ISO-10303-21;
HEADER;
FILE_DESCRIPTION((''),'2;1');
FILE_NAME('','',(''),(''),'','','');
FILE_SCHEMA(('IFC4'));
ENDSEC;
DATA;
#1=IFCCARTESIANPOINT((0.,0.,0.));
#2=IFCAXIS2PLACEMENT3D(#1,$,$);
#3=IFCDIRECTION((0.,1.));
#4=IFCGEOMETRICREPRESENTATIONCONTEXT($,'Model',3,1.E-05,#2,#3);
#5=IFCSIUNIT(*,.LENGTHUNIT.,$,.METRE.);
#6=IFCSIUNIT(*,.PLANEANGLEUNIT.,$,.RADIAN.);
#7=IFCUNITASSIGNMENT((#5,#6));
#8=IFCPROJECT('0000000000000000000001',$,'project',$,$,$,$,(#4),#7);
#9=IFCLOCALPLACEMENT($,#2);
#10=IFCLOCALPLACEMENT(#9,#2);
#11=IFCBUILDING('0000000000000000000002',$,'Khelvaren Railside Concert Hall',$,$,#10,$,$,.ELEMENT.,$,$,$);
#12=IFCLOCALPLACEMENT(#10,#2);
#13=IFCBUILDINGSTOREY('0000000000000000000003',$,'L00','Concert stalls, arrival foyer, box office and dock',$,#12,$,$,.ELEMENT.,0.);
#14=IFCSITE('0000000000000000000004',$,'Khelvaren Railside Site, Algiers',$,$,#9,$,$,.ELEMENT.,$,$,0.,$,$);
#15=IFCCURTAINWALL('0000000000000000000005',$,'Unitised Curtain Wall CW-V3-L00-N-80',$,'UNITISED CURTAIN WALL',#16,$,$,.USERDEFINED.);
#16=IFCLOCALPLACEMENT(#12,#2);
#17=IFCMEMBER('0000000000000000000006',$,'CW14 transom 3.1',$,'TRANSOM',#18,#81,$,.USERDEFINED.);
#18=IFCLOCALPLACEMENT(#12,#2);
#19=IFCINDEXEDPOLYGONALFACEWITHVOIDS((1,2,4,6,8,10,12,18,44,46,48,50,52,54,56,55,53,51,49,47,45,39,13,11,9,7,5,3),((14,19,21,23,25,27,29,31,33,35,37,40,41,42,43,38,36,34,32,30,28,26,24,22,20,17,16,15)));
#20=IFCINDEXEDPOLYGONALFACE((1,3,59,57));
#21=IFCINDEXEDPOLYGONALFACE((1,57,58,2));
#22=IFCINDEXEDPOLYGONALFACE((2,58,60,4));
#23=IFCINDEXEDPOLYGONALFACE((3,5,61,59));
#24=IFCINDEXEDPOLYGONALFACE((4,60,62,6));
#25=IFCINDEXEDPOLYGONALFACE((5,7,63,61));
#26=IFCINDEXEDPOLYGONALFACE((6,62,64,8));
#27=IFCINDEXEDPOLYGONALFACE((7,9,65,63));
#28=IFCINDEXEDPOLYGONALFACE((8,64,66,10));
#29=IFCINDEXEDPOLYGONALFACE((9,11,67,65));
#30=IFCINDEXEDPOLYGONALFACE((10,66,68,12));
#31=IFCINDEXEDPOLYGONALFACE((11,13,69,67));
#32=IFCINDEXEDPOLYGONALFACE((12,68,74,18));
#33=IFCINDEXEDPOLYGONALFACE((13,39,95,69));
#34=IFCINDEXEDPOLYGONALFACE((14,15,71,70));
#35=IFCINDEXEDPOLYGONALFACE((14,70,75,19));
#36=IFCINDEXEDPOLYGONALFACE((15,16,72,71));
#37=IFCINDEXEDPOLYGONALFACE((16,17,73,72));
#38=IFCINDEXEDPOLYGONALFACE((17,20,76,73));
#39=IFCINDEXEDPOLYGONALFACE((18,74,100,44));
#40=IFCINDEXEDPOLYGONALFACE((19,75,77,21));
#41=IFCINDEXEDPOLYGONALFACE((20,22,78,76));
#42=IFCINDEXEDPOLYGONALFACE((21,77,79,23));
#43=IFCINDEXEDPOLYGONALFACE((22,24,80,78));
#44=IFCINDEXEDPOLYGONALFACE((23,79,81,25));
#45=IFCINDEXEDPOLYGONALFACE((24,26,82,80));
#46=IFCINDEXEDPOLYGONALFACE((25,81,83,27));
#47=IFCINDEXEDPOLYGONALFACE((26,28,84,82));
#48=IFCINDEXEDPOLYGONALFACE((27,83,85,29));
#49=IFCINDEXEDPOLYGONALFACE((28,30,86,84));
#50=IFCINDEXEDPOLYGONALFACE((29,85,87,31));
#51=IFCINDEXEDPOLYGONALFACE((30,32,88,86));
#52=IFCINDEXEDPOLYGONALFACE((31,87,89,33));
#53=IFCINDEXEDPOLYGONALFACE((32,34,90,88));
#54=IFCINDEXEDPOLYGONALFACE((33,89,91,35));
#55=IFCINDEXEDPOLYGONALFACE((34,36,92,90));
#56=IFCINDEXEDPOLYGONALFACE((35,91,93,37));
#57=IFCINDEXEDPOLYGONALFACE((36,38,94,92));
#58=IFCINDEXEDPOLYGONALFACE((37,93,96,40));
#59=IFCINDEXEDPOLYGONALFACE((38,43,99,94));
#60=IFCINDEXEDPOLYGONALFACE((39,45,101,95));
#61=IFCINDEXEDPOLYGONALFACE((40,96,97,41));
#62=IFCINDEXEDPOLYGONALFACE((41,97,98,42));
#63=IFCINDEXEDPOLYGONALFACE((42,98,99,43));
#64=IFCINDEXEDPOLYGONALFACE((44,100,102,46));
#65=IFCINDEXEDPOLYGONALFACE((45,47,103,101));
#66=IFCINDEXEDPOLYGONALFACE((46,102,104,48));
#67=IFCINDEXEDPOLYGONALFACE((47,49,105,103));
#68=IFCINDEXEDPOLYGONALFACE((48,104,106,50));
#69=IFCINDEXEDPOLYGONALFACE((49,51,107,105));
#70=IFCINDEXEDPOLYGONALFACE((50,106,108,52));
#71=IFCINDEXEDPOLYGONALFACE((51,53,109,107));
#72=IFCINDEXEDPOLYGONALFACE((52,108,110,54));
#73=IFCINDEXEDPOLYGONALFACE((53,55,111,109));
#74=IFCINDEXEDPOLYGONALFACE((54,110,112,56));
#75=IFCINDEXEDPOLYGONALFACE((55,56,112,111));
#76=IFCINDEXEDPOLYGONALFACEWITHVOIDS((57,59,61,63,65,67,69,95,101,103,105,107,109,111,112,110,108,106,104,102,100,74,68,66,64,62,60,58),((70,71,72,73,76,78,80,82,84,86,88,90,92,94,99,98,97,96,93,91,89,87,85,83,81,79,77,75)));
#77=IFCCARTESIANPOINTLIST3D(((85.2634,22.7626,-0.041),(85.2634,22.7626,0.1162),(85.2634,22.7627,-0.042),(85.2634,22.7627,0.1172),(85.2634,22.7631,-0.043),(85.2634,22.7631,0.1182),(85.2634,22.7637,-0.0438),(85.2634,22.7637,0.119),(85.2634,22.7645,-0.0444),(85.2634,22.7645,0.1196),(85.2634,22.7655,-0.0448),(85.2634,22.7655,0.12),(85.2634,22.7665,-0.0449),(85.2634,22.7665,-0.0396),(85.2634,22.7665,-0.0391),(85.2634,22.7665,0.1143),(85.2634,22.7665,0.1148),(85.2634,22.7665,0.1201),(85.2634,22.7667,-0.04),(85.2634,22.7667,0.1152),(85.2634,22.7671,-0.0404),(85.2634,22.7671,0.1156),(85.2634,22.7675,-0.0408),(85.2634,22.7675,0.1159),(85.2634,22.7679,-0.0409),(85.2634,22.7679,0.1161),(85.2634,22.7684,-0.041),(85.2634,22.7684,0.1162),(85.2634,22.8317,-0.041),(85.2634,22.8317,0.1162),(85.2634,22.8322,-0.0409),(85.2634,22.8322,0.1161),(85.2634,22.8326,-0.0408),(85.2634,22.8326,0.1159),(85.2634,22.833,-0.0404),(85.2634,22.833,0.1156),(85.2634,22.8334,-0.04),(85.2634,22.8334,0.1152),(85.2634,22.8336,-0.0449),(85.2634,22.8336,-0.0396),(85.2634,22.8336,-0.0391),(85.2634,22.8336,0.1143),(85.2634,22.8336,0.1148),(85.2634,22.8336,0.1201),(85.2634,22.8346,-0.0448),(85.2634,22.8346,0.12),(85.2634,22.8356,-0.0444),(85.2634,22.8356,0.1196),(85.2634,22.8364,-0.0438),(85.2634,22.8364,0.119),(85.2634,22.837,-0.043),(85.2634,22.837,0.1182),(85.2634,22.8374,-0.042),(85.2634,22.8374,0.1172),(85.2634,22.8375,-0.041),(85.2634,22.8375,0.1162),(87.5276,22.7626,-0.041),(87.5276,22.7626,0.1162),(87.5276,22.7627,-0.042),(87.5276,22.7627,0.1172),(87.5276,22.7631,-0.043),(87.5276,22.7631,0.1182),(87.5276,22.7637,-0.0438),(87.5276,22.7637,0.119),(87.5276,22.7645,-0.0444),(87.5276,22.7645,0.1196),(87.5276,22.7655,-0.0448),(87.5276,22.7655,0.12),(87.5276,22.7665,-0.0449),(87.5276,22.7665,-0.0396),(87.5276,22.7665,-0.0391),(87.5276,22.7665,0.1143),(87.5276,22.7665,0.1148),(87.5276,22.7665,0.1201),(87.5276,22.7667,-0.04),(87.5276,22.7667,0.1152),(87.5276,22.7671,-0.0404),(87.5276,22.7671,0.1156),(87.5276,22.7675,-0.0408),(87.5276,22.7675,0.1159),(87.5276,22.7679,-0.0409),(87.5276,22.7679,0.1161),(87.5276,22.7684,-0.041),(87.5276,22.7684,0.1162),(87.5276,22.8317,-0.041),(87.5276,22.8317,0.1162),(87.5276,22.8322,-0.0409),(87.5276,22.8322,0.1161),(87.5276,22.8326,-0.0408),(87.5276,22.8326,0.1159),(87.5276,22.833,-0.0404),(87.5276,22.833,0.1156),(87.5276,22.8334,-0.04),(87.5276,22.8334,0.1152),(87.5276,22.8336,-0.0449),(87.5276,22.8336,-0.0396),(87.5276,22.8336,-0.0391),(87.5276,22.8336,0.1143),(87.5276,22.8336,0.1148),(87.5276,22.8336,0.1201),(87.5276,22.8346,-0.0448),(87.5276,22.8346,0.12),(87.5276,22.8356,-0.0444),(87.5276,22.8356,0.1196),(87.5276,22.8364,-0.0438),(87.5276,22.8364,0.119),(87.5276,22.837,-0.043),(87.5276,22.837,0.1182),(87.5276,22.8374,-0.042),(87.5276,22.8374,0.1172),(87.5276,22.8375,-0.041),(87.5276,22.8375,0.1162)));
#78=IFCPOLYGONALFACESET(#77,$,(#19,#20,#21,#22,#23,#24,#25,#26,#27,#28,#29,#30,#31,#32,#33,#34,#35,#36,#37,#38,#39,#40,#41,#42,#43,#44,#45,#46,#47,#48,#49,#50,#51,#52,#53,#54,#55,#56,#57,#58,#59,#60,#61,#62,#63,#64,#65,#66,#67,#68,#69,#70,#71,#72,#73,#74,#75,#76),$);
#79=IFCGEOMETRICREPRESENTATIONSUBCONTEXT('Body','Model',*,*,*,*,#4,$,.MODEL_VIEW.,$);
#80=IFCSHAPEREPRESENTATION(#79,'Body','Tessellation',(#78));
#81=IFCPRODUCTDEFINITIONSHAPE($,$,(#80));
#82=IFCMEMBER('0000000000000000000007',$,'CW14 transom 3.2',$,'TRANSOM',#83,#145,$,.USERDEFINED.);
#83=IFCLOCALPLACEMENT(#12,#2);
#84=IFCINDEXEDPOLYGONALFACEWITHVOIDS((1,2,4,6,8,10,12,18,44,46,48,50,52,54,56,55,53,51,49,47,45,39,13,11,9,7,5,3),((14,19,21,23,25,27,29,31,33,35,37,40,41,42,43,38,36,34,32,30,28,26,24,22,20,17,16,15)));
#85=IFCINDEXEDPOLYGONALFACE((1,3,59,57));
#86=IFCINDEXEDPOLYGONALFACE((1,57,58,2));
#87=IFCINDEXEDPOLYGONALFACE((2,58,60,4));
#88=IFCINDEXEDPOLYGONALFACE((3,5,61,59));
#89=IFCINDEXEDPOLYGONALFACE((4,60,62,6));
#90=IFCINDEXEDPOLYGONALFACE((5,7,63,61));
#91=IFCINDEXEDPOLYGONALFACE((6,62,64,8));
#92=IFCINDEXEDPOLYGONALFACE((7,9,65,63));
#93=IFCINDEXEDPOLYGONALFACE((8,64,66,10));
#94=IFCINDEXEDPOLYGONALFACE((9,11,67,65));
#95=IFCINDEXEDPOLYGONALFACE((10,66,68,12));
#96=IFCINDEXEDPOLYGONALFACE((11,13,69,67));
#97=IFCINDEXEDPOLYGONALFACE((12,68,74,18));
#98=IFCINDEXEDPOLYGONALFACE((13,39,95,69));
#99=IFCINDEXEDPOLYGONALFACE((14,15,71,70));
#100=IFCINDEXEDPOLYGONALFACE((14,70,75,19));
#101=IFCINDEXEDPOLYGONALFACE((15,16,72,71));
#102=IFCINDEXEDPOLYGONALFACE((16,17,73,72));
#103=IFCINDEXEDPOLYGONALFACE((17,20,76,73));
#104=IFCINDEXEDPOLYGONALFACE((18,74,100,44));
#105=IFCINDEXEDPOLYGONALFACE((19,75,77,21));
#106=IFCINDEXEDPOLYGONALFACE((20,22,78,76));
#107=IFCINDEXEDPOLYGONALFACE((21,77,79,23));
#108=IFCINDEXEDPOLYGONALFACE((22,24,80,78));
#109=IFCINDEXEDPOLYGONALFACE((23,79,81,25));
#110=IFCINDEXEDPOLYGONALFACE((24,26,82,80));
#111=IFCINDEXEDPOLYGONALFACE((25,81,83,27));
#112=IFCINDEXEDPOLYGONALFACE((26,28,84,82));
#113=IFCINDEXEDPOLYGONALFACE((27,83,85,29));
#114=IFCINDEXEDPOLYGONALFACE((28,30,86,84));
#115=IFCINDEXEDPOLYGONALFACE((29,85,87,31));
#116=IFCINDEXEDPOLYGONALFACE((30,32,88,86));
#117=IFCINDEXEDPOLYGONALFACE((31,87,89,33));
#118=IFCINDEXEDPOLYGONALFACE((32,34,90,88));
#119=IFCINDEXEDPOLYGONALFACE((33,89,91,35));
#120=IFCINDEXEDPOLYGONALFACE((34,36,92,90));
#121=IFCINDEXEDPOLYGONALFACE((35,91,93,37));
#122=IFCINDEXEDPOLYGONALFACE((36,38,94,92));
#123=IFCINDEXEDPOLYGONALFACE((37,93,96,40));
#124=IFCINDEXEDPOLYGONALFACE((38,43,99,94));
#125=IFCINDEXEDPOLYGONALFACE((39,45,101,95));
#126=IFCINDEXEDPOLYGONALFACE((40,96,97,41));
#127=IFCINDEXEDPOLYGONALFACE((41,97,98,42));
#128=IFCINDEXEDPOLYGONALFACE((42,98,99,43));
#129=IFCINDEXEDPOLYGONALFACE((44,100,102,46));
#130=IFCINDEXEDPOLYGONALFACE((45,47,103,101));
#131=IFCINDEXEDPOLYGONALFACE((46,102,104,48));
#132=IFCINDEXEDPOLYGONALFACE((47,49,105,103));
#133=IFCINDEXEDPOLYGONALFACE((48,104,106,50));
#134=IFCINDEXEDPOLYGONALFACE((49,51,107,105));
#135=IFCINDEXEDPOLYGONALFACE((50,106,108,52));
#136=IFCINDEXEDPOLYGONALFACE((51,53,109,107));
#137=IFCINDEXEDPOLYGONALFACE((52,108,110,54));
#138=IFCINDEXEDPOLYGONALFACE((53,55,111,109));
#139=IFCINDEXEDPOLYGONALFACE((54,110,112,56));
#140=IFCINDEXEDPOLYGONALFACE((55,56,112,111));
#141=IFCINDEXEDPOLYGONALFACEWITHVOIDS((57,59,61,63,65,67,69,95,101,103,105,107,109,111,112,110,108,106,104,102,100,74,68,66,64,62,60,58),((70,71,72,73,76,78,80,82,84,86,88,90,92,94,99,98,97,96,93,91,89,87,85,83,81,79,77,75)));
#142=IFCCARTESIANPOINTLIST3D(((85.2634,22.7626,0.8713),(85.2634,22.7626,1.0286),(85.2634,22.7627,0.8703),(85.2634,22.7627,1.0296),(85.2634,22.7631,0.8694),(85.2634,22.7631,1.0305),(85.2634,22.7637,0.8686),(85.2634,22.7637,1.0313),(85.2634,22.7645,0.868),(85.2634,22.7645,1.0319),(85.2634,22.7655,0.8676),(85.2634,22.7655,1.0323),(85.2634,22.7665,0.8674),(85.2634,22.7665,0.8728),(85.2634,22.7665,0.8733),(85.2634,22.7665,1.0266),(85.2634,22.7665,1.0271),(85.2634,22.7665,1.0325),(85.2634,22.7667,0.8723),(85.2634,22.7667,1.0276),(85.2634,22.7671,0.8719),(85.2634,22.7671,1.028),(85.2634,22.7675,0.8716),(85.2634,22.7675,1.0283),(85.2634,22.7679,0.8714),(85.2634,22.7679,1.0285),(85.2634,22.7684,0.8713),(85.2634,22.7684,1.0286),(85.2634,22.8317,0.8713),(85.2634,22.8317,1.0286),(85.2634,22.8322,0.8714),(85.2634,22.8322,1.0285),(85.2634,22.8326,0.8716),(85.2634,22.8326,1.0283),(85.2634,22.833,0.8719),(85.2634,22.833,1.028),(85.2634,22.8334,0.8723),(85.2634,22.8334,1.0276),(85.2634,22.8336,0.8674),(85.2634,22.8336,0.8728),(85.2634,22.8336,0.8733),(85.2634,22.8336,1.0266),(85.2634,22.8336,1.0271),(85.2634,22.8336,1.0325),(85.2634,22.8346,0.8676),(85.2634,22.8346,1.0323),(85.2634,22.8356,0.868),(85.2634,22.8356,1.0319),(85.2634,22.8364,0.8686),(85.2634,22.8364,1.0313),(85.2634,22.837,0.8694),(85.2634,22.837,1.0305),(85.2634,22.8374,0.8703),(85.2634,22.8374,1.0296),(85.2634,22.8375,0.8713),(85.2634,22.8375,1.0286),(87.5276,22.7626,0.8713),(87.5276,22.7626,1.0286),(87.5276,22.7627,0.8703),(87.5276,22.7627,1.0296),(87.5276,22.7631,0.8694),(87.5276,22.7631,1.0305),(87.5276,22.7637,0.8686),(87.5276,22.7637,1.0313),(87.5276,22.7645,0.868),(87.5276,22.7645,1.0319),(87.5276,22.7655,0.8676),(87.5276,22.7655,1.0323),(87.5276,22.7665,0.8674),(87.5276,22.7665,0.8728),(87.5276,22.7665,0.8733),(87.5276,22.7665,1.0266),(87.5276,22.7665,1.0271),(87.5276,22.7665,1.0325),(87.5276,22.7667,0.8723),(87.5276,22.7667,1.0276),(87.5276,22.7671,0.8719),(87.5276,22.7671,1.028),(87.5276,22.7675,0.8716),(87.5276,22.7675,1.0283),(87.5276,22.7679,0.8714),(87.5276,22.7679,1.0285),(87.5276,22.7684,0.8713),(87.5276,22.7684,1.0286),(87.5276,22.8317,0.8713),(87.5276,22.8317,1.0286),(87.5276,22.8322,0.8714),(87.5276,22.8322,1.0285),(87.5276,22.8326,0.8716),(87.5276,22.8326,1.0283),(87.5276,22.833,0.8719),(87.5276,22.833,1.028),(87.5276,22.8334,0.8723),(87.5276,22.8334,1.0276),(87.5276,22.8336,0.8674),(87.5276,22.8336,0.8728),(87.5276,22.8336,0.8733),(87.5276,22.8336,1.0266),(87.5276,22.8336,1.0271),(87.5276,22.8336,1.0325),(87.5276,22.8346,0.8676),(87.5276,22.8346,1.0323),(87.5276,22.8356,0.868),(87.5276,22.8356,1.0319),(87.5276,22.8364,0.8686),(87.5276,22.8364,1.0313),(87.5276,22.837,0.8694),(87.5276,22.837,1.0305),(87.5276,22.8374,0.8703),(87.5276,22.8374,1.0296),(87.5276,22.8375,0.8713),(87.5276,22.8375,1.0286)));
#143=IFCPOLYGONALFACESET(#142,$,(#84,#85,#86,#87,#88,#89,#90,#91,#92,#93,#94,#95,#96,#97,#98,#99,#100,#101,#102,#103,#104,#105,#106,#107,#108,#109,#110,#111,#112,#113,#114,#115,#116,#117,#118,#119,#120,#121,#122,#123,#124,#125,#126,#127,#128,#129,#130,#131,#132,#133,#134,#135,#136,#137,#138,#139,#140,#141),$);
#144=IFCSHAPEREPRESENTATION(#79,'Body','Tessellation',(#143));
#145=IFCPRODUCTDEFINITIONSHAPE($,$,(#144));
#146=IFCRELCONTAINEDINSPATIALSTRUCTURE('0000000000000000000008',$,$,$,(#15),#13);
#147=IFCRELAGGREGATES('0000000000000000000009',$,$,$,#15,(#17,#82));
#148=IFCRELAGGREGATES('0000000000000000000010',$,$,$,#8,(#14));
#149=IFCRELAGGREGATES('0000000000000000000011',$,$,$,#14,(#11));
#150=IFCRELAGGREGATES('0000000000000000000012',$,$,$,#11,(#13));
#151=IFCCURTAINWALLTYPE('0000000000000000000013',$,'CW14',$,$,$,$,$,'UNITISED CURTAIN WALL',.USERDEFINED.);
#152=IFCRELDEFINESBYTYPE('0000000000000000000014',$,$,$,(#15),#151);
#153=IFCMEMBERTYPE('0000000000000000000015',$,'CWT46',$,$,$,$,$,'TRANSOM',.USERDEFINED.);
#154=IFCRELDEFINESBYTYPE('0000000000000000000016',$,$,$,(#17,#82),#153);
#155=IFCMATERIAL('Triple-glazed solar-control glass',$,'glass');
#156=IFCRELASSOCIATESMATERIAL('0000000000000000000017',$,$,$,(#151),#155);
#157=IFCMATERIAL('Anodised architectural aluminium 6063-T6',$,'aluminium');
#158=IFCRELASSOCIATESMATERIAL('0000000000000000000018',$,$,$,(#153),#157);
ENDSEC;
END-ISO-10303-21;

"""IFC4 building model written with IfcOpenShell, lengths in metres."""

from ifc_helpers import new_model, si_unit, direction, frame, origin, origin_2d, place, context, subcontext, project, spatial, hollow_rectangle, extrude, material, material_profile, profile_set, type_object, element, aggregate, save


model = new_model("IFC4")

# Units and contexts
model_context = context("Model", 3, precision=1e-05, world=origin(), true_north=direction((0.0, 1.0)))
body_context = subcontext(model_context, "Body", "Model", "MODEL_VIEW")
ifc_project = project(units=[si_unit("LENGTHUNIT", "METRE"), si_unit("PLANEANGLEUNIT", "RADIAN")], contexts=[model_context])

# Site, building, storey
site_placement = place(None, origin())
site = spatial("IfcSite", under=ifc_project, at=site_placement, Name="Khelvaren Railside Site, Algiers", CompositionType="ELEMENT", RefElevation=0.0)
building_placement = place(site_placement, origin())
building = spatial("IfcBuilding", under=site, at=building_placement, Name="Khelvaren Railside Concert Hall", CompositionType="ELEMENT")
storey_placement = place(building_placement, origin())
storey = spatial("IfcBuildingStorey", under=building, at=storey_placement, Name="L00", Description="Concert stalls, arrival foyer, box office and dock", CompositionType="ELEMENT", Elevation=0.0)

# Curtain wall, members
ifc_material_1 = material(Name="Triple-glazed solar-control glass", Category="glass")
curtain_wall_type = type_object("IfcCurtainWallType", Name="CW14", ElementType="UNITISED CURTAIN WALL", PredefinedType="USERDEFINED", material=ifc_material_1)
curtain_wall_placement = place(storey_placement, origin())
curtain_wall = element("IfcCurtainWall", 1, at=curtain_wall_placement, inside=storey, type_object=curtain_wall_type, Name="Unitised Curtain Wall CW-V3-L00-N-80", ObjectType="UNITISED CURTAIN WALL", PredefinedType="USERDEFINED")
ifc_material_2 = material(Name="Anodised architectural aluminium 6063-T6", Category="aluminium")
ifc_material_profile_1 = material_profile(ifc_material_2, hollow_rectangle(XDim=0.075, YDim=0.165, WallThickness=0.0039, InnerFilletRadius=0.002, OuterFilletRadius=0.0039, at=origin_2d()), Name="CWT 75x165x4")
ifc_profile_set_1 = profile_set([ifc_material_profile_1], Name="Anodised architectural aluminium 6063-T6")
member_type_1 = type_object("IfcMemberType", Name="CWT46", ElementType="TRANSOM", PredefinedType="USERDEFINED", material=ifc_profile_set_1)
member_1_placement = place(storey_placement, frame((85.2634, 22.8, 0.0376), z_axis=(1.0, 0.0, 0.0), x_axis=(0.0, 1.0, 0.0)))
member_1 = element("IfcMember", 2, at=member_1_placement, type_object=member_type_1, Name="CW14 transom 3.1", ObjectType="TRANSOM", PredefinedType="USERDEFINED", context=body_context, shape_type="SweptSolid", body=[
    extrude(hollow_rectangle(XDim=0.075, YDim=0.165, WallThickness=0.0039, InnerFilletRadius=0.002, OuterFilletRadius=0.0039, at=origin_2d()), origin(), (0.0, 0.0, 1.0), 2.2642),
])
member_2_placement = place(storey_placement, frame((85.2634, 22.8, 0.95), z_axis=(1.0, 0.0, 0.0), x_axis=(0.0, 1.0, 0.0)))
member_2 = element("IfcMember", 3, at=member_2_placement, type_object=member_type_1, Name="CW14 transom 3.2", ObjectType="TRANSOM", PredefinedType="USERDEFINED", context=body_context, shape_type="SweptSolid", body=[
    extrude(hollow_rectangle(XDim=0.075, YDim=0.165, WallThickness=0.0039, InnerFilletRadius=0.002, OuterFilletRadius=0.0039, at=origin_2d()), origin(), (0.0, 0.0, 1.0), 2.2642),
])

aggregate(curtain_wall, [member_1, member_2])

save(model, "model.ifc")
